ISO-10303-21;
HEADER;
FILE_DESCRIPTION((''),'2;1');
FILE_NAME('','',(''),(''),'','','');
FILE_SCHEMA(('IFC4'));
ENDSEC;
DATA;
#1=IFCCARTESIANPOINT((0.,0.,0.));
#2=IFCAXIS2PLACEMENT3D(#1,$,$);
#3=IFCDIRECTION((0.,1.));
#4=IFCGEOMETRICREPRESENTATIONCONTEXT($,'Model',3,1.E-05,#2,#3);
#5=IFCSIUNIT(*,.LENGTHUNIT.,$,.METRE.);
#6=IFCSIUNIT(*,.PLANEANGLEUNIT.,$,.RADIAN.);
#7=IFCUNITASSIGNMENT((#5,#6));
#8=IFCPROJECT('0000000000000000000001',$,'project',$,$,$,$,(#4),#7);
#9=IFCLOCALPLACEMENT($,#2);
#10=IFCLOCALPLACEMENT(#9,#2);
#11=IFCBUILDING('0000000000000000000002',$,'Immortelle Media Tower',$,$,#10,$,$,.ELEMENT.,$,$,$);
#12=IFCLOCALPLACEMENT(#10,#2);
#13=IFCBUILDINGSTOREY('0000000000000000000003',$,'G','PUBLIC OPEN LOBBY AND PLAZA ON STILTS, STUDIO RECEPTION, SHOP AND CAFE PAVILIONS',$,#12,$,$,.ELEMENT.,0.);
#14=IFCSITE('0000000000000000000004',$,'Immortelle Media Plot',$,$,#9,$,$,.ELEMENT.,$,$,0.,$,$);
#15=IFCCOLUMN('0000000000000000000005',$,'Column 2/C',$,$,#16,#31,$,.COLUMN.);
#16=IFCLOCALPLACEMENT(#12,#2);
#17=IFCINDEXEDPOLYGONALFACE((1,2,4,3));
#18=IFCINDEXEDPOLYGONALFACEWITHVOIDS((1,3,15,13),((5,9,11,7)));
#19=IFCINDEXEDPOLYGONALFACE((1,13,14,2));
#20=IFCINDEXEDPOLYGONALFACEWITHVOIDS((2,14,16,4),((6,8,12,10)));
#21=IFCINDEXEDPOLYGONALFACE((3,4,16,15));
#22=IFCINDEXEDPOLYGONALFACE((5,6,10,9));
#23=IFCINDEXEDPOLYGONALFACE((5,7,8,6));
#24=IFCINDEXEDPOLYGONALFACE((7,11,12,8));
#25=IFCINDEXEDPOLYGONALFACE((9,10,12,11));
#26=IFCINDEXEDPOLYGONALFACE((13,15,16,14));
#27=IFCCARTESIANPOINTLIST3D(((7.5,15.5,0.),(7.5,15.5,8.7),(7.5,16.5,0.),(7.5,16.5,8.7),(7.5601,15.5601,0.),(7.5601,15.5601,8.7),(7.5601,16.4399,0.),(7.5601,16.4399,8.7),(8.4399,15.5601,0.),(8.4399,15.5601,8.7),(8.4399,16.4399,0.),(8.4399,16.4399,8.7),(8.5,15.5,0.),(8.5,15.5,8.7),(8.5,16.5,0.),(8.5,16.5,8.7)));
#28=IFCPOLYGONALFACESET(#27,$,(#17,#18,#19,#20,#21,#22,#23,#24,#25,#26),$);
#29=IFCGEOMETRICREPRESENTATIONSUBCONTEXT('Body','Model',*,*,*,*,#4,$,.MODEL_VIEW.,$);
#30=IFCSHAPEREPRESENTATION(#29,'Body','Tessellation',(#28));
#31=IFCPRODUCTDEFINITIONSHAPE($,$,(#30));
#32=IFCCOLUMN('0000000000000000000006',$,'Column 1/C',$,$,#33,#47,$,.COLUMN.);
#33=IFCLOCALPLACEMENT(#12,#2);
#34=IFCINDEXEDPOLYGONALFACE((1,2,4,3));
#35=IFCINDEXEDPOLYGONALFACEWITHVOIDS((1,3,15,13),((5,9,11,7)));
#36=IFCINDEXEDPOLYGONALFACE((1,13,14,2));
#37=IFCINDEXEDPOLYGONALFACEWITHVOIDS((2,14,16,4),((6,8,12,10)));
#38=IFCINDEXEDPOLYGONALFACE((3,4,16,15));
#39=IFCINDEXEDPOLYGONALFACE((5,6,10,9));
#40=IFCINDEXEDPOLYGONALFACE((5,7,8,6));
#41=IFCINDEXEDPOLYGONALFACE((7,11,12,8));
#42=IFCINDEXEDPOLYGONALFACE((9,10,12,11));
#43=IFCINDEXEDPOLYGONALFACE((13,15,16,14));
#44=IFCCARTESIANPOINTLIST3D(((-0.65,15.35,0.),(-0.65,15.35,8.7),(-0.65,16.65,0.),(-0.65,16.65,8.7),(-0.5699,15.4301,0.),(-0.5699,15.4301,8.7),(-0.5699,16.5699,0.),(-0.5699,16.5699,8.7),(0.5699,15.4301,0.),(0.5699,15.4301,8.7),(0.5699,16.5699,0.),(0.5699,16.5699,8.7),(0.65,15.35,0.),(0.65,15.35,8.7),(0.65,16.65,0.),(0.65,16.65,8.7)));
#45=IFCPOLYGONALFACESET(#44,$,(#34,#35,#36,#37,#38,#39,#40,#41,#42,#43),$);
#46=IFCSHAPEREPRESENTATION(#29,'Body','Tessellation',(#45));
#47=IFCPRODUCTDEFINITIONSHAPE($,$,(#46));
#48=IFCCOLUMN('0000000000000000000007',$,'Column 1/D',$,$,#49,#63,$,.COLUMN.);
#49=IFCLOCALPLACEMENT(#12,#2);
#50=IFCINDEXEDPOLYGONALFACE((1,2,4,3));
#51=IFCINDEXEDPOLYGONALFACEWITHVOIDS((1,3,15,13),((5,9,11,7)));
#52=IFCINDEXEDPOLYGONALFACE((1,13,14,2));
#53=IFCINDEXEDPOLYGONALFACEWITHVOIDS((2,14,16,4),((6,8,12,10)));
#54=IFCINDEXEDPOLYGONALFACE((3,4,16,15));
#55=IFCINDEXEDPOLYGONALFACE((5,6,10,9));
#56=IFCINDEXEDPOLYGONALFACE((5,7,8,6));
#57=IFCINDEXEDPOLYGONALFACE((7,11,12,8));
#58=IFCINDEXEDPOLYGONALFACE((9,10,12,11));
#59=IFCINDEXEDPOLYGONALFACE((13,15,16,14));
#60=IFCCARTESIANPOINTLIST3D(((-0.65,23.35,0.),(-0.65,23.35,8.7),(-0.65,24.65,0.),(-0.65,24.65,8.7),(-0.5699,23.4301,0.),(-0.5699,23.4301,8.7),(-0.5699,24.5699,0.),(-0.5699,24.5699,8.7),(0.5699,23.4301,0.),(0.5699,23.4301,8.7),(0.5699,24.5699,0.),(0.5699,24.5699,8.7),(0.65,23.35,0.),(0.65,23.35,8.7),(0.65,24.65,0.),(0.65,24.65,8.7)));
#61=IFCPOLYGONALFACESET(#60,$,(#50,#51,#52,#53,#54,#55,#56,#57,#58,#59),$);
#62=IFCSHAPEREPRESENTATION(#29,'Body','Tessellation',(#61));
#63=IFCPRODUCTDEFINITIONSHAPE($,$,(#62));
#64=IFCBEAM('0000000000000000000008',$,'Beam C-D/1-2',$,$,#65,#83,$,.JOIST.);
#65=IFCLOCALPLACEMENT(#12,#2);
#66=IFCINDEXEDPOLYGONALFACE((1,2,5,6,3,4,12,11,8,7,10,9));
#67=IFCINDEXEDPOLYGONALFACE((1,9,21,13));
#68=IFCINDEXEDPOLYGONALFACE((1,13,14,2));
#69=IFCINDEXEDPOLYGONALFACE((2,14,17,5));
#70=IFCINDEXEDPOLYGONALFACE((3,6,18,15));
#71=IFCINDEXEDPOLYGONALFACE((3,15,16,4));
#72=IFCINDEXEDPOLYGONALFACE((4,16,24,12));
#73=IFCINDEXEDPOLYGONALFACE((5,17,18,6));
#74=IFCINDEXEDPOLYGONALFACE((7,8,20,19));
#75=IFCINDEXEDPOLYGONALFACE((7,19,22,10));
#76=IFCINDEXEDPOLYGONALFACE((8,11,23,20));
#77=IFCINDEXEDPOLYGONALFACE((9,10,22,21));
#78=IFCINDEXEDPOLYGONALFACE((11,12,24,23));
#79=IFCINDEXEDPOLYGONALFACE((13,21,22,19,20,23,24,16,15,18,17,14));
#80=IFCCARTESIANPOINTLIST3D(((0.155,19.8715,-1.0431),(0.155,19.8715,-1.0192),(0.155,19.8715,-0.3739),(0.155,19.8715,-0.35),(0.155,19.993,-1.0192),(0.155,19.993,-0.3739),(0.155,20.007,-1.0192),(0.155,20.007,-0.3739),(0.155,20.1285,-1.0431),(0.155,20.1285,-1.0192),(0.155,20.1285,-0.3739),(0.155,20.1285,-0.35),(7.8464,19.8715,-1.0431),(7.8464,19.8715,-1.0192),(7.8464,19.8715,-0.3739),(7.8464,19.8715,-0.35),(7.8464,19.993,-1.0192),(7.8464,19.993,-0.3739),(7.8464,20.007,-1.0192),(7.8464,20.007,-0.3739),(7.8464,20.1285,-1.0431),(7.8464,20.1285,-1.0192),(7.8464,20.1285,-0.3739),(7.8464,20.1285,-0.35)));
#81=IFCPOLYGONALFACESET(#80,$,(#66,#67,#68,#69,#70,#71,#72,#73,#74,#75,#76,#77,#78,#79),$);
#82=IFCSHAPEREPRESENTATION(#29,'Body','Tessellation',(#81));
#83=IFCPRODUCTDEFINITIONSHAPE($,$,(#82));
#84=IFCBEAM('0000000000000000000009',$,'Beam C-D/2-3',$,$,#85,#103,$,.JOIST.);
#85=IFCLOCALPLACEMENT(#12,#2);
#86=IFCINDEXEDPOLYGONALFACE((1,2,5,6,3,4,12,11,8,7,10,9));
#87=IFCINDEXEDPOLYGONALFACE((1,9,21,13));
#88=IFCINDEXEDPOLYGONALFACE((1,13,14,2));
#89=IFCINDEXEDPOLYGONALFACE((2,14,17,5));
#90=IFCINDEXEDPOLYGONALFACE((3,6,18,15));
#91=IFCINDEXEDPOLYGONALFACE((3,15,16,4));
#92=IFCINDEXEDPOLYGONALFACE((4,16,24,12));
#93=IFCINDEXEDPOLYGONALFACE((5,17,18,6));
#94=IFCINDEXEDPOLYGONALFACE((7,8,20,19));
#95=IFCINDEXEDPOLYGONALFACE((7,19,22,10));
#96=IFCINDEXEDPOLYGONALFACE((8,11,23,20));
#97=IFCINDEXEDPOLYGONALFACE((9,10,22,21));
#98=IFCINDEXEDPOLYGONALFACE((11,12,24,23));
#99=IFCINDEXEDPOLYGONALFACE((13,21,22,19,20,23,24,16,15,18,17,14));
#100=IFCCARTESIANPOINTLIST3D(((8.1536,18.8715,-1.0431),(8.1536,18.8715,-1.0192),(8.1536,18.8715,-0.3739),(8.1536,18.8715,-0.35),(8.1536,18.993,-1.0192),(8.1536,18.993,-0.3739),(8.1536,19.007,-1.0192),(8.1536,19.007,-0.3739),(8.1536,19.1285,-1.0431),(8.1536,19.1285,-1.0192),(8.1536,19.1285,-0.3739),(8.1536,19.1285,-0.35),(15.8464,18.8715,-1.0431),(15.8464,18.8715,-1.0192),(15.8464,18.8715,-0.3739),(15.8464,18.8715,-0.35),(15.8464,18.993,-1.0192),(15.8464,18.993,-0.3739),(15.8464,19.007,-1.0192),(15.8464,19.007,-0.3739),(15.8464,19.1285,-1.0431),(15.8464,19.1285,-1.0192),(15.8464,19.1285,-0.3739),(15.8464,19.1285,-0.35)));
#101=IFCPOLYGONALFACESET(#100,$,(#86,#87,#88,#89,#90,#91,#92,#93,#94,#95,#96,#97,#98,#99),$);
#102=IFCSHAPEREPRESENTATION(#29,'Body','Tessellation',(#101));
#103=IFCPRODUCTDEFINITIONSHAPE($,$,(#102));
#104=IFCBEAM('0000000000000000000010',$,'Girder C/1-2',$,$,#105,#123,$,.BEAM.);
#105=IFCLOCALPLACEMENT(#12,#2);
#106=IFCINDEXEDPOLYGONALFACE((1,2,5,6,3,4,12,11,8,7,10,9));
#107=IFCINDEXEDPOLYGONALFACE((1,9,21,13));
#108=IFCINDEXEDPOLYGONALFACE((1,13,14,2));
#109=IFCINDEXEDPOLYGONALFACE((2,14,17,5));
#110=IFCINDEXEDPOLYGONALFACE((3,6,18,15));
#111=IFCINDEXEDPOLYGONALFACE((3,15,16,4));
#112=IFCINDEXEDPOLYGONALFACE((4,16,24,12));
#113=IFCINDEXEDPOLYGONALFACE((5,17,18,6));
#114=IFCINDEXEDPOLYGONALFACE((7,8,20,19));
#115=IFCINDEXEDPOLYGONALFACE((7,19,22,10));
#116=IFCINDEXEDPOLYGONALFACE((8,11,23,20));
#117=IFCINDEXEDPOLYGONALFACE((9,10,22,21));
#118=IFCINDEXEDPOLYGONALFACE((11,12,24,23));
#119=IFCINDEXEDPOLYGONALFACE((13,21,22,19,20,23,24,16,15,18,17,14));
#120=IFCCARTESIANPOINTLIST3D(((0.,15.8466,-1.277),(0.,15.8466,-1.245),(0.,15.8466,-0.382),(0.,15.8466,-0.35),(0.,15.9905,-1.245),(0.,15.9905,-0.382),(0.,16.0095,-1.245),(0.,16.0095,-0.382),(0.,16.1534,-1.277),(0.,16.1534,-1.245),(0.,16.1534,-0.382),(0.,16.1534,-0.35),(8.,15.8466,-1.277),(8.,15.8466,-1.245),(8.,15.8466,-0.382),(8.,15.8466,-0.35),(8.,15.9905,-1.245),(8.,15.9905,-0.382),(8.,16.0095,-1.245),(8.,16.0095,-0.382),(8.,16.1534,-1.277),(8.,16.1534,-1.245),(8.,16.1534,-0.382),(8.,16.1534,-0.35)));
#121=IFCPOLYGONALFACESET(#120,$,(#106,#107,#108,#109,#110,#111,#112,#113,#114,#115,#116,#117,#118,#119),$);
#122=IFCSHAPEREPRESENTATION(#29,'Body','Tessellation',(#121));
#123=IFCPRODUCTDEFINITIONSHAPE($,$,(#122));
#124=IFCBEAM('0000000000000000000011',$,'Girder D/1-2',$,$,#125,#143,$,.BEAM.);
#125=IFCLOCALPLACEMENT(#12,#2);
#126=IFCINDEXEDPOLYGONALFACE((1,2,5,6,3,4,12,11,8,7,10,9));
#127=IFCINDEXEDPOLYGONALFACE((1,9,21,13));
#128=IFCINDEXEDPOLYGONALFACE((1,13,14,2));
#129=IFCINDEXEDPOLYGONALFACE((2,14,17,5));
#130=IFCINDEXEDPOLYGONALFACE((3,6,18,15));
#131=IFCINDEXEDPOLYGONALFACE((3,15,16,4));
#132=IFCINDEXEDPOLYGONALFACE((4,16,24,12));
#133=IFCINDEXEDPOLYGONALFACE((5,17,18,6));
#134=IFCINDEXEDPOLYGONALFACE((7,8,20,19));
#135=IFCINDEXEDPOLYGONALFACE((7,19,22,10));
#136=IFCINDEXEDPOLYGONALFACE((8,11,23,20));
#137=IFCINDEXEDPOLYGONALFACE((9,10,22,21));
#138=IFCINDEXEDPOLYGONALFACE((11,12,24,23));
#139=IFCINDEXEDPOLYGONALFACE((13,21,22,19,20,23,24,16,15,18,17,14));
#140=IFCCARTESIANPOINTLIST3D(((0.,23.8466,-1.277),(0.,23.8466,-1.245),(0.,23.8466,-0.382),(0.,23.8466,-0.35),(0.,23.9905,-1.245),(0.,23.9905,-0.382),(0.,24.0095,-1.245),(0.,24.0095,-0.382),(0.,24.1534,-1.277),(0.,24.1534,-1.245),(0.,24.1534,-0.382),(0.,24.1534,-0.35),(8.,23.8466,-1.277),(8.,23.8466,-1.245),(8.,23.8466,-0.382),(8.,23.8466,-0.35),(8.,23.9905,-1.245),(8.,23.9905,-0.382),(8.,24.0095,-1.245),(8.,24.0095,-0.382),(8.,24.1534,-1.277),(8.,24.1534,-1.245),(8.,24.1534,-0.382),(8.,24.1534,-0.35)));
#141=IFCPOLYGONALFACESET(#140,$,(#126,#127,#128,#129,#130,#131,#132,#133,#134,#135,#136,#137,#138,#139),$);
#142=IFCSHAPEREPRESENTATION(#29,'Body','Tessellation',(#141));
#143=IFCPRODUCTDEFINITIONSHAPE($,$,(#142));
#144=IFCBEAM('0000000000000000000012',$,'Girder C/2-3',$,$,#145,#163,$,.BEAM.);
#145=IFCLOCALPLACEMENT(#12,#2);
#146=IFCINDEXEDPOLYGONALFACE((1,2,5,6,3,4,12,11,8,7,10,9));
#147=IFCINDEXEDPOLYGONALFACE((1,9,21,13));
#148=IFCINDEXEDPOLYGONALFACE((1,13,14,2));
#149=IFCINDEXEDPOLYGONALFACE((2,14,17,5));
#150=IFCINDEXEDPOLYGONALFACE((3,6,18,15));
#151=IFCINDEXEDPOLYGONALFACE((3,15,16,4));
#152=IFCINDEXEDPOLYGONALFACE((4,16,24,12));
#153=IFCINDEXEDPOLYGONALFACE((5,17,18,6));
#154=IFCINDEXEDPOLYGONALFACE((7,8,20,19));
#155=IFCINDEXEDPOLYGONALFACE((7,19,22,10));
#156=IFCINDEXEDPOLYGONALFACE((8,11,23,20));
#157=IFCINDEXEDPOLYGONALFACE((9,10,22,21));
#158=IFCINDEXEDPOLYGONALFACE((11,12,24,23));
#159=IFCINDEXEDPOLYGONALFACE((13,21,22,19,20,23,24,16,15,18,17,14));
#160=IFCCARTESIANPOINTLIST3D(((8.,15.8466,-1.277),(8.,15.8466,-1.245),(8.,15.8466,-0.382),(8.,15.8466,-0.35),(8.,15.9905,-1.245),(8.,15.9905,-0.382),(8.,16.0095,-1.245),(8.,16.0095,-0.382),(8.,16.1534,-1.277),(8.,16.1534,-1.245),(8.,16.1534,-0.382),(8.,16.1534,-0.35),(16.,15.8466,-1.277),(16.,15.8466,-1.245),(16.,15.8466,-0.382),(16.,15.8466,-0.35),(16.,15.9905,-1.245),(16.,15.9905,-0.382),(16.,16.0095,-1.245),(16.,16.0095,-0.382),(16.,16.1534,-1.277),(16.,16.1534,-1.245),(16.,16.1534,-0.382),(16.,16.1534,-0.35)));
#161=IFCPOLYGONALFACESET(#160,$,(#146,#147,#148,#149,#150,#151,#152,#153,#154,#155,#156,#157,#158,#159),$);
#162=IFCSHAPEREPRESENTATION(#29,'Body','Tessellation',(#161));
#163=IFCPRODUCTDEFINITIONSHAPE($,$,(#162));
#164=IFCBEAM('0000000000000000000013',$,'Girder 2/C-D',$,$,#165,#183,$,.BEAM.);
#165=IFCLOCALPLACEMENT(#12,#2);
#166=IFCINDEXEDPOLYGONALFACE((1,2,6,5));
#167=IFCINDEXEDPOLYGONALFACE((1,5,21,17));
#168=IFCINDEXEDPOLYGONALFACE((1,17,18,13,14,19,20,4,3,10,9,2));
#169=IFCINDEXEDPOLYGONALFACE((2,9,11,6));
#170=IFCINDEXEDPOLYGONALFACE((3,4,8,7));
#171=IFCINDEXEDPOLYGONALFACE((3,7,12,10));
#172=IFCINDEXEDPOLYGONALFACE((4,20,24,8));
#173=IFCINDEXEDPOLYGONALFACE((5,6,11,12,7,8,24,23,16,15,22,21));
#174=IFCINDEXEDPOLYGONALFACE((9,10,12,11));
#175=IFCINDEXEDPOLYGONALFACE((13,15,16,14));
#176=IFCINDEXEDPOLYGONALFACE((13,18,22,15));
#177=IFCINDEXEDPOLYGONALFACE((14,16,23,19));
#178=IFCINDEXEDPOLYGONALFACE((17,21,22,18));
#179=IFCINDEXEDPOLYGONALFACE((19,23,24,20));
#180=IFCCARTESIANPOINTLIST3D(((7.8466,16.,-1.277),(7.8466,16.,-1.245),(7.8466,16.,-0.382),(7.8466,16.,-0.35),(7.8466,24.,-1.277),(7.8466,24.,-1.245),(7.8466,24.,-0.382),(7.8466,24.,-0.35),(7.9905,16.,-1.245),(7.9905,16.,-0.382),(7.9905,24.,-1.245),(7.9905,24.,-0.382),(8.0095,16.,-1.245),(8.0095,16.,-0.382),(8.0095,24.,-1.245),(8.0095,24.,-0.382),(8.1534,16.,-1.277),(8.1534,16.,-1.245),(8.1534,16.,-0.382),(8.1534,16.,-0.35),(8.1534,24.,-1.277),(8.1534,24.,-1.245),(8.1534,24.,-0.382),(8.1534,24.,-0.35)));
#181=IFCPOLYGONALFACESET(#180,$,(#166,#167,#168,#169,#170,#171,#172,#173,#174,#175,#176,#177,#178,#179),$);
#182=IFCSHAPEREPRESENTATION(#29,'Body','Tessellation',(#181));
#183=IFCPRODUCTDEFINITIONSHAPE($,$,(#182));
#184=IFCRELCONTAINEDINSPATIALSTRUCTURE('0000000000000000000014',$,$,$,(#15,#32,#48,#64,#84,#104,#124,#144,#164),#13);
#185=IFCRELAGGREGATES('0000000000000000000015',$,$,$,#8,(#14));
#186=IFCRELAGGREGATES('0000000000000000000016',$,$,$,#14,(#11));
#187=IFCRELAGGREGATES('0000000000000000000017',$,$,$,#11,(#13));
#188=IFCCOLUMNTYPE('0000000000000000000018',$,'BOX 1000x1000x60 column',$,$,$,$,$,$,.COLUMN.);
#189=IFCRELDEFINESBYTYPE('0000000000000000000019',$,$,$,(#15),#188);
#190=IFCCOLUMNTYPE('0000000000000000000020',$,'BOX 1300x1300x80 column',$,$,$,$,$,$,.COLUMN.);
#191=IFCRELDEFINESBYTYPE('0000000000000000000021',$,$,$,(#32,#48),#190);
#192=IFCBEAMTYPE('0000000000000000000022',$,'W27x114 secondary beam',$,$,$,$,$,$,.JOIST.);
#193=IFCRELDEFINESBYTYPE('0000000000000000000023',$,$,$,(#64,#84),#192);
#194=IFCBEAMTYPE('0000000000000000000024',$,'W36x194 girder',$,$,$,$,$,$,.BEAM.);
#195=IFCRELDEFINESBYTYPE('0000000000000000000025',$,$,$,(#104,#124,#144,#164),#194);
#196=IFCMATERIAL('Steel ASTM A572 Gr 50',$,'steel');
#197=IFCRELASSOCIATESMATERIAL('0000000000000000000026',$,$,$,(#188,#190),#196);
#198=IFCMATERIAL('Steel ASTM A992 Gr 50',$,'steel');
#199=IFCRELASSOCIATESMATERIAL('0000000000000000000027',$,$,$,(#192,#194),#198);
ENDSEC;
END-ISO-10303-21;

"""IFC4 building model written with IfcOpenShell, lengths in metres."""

from ifc_helpers import new_model, si_unit, direction, frame, origin, origin_2d, place, context, subcontext, project, spatial, hollow_rectangle, i_section, extrude, material, material_profile, profile_set, type_object, element, save


model = new_model("IFC4")

# Units and contexts
model_context = context("Model", 3, precision=1e-05, world=origin(), true_north=direction((0.0, 1.0)))
body_context = subcontext(model_context, "Body", "Model", "MODEL_VIEW")
ifc_project = project(units=[si_unit("LENGTHUNIT", "METRE"), si_unit("PLANEANGLEUNIT", "RADIAN")], contexts=[model_context])

# Site, building, storey
site_placement = place(None, origin())
site = spatial("IfcSite", under=ifc_project, at=site_placement, Name="Immortelle Media Plot", CompositionType="ELEMENT", RefElevation=0.0)
building_placement = place(site_placement, origin())
building = spatial("IfcBuilding", under=site, at=building_placement, Name="Immortelle Media Tower", CompositionType="ELEMENT")
storey_placement = place(building_placement, origin())
storey = spatial("IfcBuildingStorey", under=building, at=storey_placement, Name="G", Description="PUBLIC OPEN LOBBY AND PLAZA ON STILTS, STUDIO RECEPTION, SHOP AND CAFE PAVILIONS", CompositionType="ELEMENT", Elevation=0.0)

# Columns
ifc_material_1 = material(Name="Steel ASTM A572 Gr 50", Category="steel")
ifc_material_profile_1 = material_profile(ifc_material_1, hollow_rectangle(XDim=1.0, YDim=1.0, WallThickness=0.0601, at=origin_2d()), Name="BOX 1000x1000x60 column")
ifc_profile_set_1 = profile_set([ifc_material_profile_1], Name="Steel ASTM A572 Gr 50")
column_type_1 = type_object("IfcColumnType", Name="BOX 1000x1000x60 column", PredefinedType="COLUMN", material=ifc_profile_set_1)
column_placement = place(storey_placement, frame((8.0, 16.0, 0.0), z_axis=(0.0, 0.0, 1.0), x_axis=(1.0, 0.0, 0.0)))
element("IfcColumn", 1, at=column_placement, inside=storey, type_object=column_type_1, Name="Column 2/C", PredefinedType="COLUMN", context=body_context, shape_type="SweptSolid", body=[
    extrude(hollow_rectangle(XDim=1.0, YDim=1.0, WallThickness=0.0601, at=origin_2d()), origin(), (0.0, 0.0, 1.0), 8.7),
])
ifc_material_profile_2 = material_profile(ifc_material_1, hollow_rectangle(XDim=1.3, YDim=1.3, WallThickness=0.0801, at=origin_2d()), Name="BOX 1300x1300x80 column")
ifc_profile_set_2 = profile_set([ifc_material_profile_2], Name="Steel ASTM A572 Gr 50")
column_type_2 = type_object("IfcColumnType", Name="BOX 1300x1300x80 column", PredefinedType="COLUMN", material=ifc_profile_set_2)
for number, where, z_axis, x_axis, name in (
    (2, (0.0, 16.0, 0.0), (0.0, 0.0, 1.0), (1.0, 0.0, 0.0), "Column 1/C"),
    (3, (0.0, 24.0, 0.0), (0.0, 0.0, 1.0), (1.0, 0.0, 0.0), "Column 1/D"),
):
    element("IfcColumn", number, at=place(storey_placement, frame(where, z_axis=z_axis, x_axis=x_axis)), inside=storey, type_object=column_type_2, Name=name, PredefinedType="COLUMN", context=body_context, shape_type="SweptSolid", body=[
        extrude(hollow_rectangle(XDim=1.3, YDim=1.3, WallThickness=0.0801, at=origin_2d()), origin(), (0.0, 0.0, 1.0), 8.7),
    ])

# Beams
ifc_material_2 = material(Name="Steel ASTM A992 Gr 50", Category="steel")
ifc_material_profile_3 = material_profile(ifc_material_2, i_section(OverallWidth=0.2571, OverallDepth=0.6931, WebThickness=0.0139, FlangeThickness=0.0239, at=origin_2d()), Name="W27x114")
ifc_profile_set_3 = profile_set([ifc_material_profile_3], Name="Steel ASTM A992 Gr 50")
beam_type_1 = type_object("IfcBeamType", Name="W27x114 secondary beam", PredefinedType="JOIST", material=ifc_profile_set_3)
beam_1_placement = place(storey_placement, frame((0.155, 20.0, -0.6965), z_axis=(1.0, 0.0, 0.0), x_axis=(0.0, 1.0, 0.0)))
element("IfcBeam", 4, at=beam_1_placement, inside=storey, type_object=beam_type_1, Name="Beam C-D/1-2", PredefinedType="JOIST", context=body_context, shape_type="SweptSolid", body=[
    extrude(i_section(OverallWidth=0.2571, OverallDepth=0.6931, WebThickness=0.0139, FlangeThickness=0.0239, at=origin_2d()), origin(), (0.0, 0.0, 1.0), 7.6914),
])
beam_2_placement = place(storey_placement, frame((8.1536, 19.0, -0.6965), z_axis=(1.0, 0.0, 0.0), x_axis=(0.0, 1.0, 0.0)))
element("IfcBeam", 5, at=beam_2_placement, inside=storey, type_object=beam_type_1, Name="Beam C-D/2-3", PredefinedType="JOIST", context=body_context, shape_type="SweptSolid", body=[
    extrude(i_section(OverallWidth=0.2571, OverallDepth=0.6931, WebThickness=0.0139, FlangeThickness=0.0239, at=origin_2d()), origin(), (0.0, 0.0, 1.0), 7.6929),
])
ifc_material_profile_4 = material_profile(ifc_material_2, i_section(OverallWidth=0.3069, OverallDepth=0.927, WebThickness=0.019, FlangeThickness=0.032, at=origin_2d()), Name="W36x194")
ifc_profile_set_4 = profile_set([ifc_material_profile_4], Name="Steel ASTM A992 Gr 50")
beam_type_2 = type_object("IfcBeamType", Name="W36x194 girder", PredefinedType="BEAM", material=ifc_profile_set_4)
for number, where, z_axis, x_axis, name in (
    (6, (0.0, 16.0, -0.8135), (1.0, 0.0, 0.0), (0.0, 1.0, 0.0), "Girder C/1-2"),
    (7, (0.0, 24.0, -0.8135), (1.0, 0.0, 0.0), (0.0, 1.0, 0.0), "Girder D/1-2"),
    (8, (8.0, 16.0, -0.8135), (1.0, 0.0, 0.0), (0.0, 1.0, 0.0), "Girder C/2-3"),
    (9, (8.0, 16.0, -0.8135), (0.0, 1.0, 0.0), (-1.0, 0.0, 0.0), "Girder 2/C-D"),
):
    element("IfcBeam", number, at=place(storey_placement, frame(where, z_axis=z_axis, x_axis=x_axis)), inside=storey, type_object=beam_type_2, Name=name, PredefinedType="BEAM", context=body_context, shape_type="SweptSolid", body=[
        extrude(i_section(OverallWidth=0.3069, OverallDepth=0.927, WebThickness=0.019, FlangeThickness=0.032, at=origin_2d()), origin(), (0.0, 0.0, 1.0), 8.0),
    ])

save(model, "model.ifc")
